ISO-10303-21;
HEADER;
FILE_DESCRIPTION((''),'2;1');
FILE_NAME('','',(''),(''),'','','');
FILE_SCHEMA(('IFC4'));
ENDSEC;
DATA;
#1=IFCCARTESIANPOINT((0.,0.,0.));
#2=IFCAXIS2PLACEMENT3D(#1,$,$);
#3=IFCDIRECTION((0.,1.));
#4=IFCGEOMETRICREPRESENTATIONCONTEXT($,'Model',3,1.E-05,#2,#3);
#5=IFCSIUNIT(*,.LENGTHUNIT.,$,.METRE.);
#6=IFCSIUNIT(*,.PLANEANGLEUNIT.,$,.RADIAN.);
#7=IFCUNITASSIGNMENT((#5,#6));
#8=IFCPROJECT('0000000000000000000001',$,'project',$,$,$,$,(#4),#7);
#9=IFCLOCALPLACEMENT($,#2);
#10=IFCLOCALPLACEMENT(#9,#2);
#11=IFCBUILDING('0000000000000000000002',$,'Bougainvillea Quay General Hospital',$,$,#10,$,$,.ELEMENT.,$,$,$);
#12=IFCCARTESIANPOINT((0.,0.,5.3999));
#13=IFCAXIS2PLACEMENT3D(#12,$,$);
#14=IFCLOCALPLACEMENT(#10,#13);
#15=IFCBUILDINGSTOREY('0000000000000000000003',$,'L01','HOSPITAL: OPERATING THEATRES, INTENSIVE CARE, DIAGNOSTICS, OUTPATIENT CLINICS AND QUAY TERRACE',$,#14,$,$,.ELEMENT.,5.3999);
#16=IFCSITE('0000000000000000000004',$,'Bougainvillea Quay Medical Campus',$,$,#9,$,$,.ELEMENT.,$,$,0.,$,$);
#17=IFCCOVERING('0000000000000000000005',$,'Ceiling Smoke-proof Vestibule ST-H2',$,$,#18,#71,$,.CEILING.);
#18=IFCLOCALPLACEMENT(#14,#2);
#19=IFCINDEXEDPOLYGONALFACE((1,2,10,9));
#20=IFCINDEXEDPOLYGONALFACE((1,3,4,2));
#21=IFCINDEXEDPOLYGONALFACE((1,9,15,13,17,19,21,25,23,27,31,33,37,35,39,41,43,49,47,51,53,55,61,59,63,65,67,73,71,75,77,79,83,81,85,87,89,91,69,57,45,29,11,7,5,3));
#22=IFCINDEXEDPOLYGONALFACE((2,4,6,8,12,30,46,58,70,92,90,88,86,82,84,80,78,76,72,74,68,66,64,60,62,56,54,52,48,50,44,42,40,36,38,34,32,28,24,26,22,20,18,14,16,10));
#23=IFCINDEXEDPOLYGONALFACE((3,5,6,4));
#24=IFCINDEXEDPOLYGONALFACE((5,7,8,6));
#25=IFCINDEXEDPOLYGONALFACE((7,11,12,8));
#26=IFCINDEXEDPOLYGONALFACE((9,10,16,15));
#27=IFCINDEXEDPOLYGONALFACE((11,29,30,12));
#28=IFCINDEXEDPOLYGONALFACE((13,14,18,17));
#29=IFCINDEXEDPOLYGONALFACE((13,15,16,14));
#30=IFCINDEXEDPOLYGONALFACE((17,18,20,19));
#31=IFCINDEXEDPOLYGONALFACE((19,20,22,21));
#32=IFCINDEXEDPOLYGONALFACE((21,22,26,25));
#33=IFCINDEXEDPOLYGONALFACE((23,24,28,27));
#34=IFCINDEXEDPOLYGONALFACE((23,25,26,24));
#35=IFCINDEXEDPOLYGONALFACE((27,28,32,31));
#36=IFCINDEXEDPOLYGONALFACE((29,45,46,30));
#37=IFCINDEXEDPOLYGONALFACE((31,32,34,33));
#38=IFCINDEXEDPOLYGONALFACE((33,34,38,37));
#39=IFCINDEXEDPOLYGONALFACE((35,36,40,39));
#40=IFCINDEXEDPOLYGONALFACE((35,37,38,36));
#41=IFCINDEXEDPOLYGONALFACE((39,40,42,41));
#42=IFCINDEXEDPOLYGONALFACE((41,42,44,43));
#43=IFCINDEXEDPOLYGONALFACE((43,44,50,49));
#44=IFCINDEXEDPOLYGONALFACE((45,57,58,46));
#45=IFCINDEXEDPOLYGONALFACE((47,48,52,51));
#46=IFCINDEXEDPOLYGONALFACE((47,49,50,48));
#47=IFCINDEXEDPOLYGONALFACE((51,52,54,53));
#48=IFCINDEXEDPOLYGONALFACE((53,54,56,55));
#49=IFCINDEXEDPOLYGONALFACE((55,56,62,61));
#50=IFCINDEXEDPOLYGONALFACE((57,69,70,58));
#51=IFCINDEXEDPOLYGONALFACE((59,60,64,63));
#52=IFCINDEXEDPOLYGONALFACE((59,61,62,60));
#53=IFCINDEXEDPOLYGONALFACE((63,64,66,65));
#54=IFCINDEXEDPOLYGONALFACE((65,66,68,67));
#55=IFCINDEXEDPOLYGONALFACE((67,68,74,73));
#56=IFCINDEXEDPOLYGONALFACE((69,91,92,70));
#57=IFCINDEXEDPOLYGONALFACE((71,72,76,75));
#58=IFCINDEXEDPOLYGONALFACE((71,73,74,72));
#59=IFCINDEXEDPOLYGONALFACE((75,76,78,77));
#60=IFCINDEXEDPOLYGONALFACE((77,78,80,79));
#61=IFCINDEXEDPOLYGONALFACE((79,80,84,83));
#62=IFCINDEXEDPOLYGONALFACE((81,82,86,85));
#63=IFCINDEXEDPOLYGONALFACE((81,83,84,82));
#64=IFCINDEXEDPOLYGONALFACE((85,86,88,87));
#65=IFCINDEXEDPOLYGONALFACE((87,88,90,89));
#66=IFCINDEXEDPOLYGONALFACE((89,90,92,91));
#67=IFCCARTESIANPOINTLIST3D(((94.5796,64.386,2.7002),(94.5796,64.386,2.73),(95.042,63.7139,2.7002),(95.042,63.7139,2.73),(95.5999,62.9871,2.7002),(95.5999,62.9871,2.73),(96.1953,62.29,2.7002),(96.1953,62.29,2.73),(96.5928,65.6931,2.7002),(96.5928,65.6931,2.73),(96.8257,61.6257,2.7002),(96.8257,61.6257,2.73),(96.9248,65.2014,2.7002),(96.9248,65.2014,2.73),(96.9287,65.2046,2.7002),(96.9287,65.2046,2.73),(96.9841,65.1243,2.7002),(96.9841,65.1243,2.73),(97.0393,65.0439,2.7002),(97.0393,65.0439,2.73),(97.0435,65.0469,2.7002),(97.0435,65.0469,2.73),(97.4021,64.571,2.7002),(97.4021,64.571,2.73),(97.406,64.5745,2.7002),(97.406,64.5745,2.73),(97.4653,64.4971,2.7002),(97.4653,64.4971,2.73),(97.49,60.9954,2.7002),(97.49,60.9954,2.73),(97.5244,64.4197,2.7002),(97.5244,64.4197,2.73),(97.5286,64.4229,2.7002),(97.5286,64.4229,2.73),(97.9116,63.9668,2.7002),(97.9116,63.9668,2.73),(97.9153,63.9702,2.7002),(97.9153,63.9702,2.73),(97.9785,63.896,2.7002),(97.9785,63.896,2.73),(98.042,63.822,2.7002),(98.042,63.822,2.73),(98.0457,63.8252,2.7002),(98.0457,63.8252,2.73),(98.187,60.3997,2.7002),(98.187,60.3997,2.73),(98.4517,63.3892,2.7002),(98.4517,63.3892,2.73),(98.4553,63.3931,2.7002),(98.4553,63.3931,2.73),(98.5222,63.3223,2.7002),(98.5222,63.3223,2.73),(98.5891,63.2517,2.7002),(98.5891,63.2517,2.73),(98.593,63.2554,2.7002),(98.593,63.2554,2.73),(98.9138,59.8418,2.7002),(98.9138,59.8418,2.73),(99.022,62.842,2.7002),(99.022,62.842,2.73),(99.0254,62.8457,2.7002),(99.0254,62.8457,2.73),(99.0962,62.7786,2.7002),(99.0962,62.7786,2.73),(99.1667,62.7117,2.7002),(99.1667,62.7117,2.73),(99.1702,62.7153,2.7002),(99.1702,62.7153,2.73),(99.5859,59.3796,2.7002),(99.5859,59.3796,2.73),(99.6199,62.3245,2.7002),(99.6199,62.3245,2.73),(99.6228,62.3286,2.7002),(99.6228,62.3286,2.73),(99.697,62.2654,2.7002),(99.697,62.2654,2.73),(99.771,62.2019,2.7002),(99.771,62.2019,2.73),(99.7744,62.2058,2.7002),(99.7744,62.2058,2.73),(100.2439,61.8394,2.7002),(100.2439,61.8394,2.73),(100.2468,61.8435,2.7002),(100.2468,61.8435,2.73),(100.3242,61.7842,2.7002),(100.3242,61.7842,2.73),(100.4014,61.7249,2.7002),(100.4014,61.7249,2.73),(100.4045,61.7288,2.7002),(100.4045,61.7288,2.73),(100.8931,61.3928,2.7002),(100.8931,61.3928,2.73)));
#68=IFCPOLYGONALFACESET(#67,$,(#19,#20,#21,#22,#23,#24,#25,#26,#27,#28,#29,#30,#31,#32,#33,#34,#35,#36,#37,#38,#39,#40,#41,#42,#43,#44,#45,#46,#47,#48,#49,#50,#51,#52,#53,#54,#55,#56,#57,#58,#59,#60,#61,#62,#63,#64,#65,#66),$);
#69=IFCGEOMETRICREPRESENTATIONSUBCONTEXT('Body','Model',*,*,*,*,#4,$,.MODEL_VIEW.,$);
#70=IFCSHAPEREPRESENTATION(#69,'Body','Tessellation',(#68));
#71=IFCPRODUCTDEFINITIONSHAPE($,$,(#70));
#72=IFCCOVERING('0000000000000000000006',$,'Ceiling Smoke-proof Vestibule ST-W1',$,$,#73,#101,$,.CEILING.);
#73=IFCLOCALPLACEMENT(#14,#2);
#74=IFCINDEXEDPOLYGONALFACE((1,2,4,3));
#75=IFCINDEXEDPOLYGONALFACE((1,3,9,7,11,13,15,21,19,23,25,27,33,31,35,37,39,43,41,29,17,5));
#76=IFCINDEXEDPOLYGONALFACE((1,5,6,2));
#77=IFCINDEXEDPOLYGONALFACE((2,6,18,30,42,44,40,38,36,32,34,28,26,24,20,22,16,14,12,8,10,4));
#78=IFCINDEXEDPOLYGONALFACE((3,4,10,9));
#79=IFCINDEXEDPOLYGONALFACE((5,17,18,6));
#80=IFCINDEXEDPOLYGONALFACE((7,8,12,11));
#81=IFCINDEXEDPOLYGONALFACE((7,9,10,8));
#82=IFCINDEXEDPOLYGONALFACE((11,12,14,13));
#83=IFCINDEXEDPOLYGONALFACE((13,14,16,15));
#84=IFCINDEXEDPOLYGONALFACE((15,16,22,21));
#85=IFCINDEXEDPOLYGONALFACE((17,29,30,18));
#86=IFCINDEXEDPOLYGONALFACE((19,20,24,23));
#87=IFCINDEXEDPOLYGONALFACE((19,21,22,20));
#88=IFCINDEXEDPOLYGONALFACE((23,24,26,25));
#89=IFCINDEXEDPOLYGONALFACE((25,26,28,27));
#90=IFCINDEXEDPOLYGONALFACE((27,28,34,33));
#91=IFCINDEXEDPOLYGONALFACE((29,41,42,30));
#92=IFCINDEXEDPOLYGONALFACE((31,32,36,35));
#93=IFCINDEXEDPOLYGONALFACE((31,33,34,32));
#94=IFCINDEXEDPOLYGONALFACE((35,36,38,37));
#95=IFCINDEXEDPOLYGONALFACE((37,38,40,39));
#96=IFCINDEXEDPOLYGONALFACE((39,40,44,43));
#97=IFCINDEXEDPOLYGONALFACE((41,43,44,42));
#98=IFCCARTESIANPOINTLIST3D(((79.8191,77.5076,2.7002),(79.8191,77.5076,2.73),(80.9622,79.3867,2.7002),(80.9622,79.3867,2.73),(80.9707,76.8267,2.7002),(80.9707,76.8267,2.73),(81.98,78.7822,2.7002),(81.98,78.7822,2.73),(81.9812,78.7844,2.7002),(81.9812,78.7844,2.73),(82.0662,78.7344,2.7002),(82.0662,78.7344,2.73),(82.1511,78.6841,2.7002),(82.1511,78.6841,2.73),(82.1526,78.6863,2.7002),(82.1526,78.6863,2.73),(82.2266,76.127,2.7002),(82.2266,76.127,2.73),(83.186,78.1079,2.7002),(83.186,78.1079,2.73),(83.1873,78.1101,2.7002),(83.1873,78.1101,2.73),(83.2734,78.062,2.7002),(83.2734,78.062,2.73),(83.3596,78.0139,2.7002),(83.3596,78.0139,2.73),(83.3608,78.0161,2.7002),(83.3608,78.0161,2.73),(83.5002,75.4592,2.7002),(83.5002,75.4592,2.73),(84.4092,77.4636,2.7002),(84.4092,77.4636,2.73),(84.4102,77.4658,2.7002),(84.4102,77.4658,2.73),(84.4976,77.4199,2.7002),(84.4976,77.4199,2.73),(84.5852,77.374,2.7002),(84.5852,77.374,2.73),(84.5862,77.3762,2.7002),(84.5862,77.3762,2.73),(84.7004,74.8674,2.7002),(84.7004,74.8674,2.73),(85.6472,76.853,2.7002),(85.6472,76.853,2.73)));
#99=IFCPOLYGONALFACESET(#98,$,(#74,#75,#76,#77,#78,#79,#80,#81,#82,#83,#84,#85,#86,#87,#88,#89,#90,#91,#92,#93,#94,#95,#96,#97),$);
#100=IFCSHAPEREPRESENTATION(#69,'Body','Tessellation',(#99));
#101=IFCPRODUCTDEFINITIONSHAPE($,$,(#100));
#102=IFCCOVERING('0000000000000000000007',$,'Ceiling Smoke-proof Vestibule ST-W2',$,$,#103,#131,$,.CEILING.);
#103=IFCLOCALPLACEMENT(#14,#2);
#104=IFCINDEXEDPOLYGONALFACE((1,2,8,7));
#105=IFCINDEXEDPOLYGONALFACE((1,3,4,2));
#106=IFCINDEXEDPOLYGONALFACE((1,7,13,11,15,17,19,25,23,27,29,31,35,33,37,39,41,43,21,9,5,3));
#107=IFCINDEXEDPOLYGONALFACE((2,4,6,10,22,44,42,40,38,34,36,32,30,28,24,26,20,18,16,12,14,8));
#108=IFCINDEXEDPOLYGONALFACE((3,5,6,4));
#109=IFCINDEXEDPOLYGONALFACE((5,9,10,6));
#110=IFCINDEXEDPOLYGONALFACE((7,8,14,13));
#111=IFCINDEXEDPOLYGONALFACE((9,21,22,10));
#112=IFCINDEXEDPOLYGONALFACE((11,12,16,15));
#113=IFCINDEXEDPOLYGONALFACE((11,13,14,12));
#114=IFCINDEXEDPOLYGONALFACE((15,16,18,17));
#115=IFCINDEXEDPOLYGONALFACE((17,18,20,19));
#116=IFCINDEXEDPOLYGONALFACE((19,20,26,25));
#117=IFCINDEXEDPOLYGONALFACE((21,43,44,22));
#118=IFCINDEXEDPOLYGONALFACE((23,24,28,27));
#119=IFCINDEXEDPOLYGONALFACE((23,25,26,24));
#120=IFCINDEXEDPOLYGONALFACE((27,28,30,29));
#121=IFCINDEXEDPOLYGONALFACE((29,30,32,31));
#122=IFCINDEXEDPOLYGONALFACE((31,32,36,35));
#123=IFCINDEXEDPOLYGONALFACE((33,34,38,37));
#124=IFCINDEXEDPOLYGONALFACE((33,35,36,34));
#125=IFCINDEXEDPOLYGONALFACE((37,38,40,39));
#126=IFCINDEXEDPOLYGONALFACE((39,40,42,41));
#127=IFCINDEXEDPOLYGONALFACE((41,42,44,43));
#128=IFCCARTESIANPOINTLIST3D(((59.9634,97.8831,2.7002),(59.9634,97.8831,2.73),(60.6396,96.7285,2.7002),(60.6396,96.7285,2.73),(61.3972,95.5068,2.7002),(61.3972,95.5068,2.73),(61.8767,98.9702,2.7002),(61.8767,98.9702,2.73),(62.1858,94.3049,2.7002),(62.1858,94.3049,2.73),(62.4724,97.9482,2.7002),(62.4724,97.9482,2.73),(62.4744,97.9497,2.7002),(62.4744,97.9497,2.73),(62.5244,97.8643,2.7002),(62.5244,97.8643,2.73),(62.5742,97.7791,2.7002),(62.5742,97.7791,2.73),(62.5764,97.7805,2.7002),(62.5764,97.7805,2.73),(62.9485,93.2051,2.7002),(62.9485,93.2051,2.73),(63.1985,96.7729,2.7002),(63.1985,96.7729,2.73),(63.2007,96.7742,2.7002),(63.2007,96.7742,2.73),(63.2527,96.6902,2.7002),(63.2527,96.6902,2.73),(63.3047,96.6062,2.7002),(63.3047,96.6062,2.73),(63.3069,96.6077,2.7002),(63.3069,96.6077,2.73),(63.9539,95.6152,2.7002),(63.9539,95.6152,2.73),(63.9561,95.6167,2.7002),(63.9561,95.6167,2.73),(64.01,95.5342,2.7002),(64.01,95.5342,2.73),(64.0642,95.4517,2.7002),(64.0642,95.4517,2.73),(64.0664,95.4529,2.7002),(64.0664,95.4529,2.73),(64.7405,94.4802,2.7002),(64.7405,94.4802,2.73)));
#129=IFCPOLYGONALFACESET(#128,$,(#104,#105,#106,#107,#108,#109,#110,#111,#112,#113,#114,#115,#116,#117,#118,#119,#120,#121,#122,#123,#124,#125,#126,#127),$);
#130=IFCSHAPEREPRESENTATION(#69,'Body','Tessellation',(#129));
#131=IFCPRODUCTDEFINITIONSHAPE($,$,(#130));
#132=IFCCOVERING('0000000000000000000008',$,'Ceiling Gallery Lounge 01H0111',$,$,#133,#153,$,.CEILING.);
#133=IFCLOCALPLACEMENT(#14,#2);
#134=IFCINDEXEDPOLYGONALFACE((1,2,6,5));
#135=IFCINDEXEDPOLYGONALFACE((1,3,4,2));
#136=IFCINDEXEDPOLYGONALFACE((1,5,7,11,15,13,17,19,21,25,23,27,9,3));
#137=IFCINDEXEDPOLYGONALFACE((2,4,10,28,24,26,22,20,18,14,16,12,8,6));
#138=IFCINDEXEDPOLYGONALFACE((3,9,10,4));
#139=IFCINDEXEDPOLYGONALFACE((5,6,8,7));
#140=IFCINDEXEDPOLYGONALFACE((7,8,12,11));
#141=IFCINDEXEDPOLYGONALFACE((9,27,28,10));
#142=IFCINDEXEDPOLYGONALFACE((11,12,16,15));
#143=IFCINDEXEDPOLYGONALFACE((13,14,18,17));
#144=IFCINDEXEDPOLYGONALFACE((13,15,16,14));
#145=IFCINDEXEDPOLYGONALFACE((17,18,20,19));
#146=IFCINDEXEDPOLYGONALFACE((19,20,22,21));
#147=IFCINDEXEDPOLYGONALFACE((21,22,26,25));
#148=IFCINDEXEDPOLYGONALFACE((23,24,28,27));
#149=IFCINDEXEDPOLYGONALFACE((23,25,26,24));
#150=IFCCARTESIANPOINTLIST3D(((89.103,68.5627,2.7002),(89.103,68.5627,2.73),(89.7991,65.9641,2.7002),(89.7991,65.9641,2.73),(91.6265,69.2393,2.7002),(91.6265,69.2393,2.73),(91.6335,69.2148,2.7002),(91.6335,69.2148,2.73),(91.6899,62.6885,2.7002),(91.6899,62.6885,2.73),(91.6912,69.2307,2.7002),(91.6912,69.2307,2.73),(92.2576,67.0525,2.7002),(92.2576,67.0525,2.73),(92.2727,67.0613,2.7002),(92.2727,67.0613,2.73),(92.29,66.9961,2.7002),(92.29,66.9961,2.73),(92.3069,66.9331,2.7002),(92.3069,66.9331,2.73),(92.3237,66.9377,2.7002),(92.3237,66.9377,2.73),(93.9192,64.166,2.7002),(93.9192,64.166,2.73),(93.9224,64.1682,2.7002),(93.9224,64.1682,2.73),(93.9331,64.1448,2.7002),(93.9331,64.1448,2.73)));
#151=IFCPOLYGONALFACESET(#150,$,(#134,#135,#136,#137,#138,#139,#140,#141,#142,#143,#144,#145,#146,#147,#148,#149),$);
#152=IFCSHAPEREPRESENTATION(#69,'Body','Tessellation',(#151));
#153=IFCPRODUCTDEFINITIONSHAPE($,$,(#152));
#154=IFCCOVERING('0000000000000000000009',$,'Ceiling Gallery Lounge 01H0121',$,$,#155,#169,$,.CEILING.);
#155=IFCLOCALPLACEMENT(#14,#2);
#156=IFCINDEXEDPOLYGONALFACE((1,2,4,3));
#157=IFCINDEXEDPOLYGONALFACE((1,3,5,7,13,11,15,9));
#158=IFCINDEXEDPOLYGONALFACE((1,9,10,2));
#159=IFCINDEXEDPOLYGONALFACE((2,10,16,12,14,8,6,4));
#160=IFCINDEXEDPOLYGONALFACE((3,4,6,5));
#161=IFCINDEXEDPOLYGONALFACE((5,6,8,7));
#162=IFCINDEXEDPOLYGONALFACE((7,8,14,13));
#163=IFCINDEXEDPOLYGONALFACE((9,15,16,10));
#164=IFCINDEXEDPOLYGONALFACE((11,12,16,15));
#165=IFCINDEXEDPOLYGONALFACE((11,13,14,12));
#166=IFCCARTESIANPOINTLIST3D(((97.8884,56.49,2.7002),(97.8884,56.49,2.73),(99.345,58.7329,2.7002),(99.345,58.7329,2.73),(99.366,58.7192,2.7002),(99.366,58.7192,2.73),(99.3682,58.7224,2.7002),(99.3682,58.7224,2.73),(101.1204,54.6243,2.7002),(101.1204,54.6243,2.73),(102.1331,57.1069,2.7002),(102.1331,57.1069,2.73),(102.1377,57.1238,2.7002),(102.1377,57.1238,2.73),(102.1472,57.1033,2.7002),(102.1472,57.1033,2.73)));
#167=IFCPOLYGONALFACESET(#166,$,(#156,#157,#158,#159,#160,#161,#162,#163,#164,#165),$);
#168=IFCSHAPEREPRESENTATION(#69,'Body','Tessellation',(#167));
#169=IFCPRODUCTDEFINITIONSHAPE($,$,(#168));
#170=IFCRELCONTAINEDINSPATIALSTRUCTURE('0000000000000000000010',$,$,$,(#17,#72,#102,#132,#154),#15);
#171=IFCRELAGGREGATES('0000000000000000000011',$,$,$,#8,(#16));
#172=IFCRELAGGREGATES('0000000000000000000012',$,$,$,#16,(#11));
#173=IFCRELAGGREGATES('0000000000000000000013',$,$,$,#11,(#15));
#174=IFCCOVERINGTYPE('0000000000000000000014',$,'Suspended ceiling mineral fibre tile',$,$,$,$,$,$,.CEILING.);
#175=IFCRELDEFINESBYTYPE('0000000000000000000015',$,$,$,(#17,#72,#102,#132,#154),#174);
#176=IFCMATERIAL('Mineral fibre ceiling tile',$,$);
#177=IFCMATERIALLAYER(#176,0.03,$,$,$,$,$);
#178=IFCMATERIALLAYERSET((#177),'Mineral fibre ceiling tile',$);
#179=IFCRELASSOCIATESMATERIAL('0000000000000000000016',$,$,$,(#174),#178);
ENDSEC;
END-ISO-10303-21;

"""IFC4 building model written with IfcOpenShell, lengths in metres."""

from ifc_helpers import new_model, si_unit, direction, frame, origin, place, context, subcontext, project, spatial, polyline, outline, extrude, material, layer, layer_set, type_object, element, save


model = new_model("IFC4")

# Units and contexts
model_context = context("Model", 3, precision=1e-05, world=origin(), true_north=direction((0.0, 1.0)))
body_context = subcontext(model_context, "Body", "Model", "MODEL_VIEW")
ifc_project = project(units=[si_unit("LENGTHUNIT", "METRE"), si_unit("PLANEANGLEUNIT", "RADIAN")], contexts=[model_context])

# Site, building, storey
site_placement = place(None, origin())
site = spatial("IfcSite", under=ifc_project, at=site_placement, Name="Bougainvillea Quay Medical Campus", CompositionType="ELEMENT", RefElevation=0.0)
building_placement = place(site_placement, origin())
building = spatial("IfcBuilding", under=site, at=building_placement, Name="Bougainvillea Quay General Hospital", CompositionType="ELEMENT")
storey_placement = place(building_placement, frame((0.0, 0.0, 5.3999)))
storey = spatial("IfcBuildingStorey", under=building, at=storey_placement, Name="L01", Description="HOSPITAL: OPERATING THEATRES, INTENSIVE CARE, DIAGNOSTICS, OUTPATIENT CLINICS AND QUAY TERRACE", CompositionType="ELEMENT", Elevation=5.3999)

# Coverings
ifc_material = material(Name="Mineral fibre ceiling tile")
ifc_layer = layer(ifc_material, 0.03)
ifc_layer_set = layer_set([ifc_layer], Name="Mineral fibre ceiling tile")
covering_type = type_object("IfcCoveringType", Name="Suspended ceiling mineral fibre tile", PredefinedType="CEILING", material=ifc_layer_set)
covering_1_placement = place(storey_placement, frame((0.0, 0.0, 2.7002)))
element("IfcCovering", 1, at=covering_1_placement, inside=storey, type_object=covering_type, Name="Ceiling Smoke-proof Vestibule ST-H2", PredefinedType="CEILING", context=body_context, shape_type="SweptSolid", body=[
    extrude(outline(polyline([(99.5859, 59.3796), (100.8931, 61.3928), (100.4045, 61.7288), (100.4014, 61.7249), (100.3242, 61.7842), (100.2439, 61.8394), (100.2468, 61.8435), (99.7744, 62.2058), (99.771, 62.2019), (99.697, 62.2654), (99.6199, 62.3245), (99.6228, 62.3286), (99.1702, 62.7153), (99.1667, 62.7117), (99.0962, 62.7786), (99.022, 62.842), (99.0254, 62.8457), (98.593, 63.2554), (98.5891, 63.2517), (98.5222, 63.3223), (98.4517, 63.3892), (98.4553, 63.3931), (98.0457, 63.8252), (98.042, 63.822), (97.9785, 63.896), (97.9116, 63.9668), (97.9153, 63.9702), (97.5286, 64.4229), (97.5244, 64.4197), (97.4653, 64.4971), (97.4021, 64.571), (97.406, 64.5745), (97.0435, 65.0469), (97.0393, 65.0439), (96.9841, 65.1243), (96.9248, 65.2014), (96.9287, 65.2046), (96.5928, 65.6931), (94.5796, 64.386), (95.042, 63.7139), (95.5999, 62.9871), (96.1953, 62.29), (96.8257, 61.6257), (97.49, 60.9954), (98.187, 60.3997), (98.9138, 59.8418), (99.5859, 59.3796)])), origin(), (0.0, 0.0, 1.0), 0.0298),
])
covering_2_placement = place(storey_placement, frame((0.0, 0.0, 2.7002)))
element("IfcCovering", 2, at=covering_2_placement, inside=storey, type_object=covering_type, Name="Ceiling Smoke-proof Vestibule ST-W1", PredefinedType="CEILING", context=body_context, shape_type="SweptSolid", body=[
    extrude(outline(polyline([(85.6472, 76.853), (84.5862, 77.3762), (84.5852, 77.374), (84.4976, 77.4199), (84.4092, 77.4636), (84.4102, 77.4658), (83.3608, 78.0161), (83.3596, 78.0139), (83.2734, 78.062), (83.186, 78.1079), (83.1873, 78.1101), (82.1526, 78.6863), (82.1511, 78.6841), (82.0662, 78.7344), (81.98, 78.7822), (81.9812, 78.7844), (80.9622, 79.3867), (79.8191, 77.5076), (80.9707, 76.8267), (82.2266, 76.127), (83.5002, 75.4592), (84.7004, 74.8674), (85.6472, 76.853)])), origin(), (0.0, 0.0, 1.0), 0.0298),
])
covering_3_placement = place(storey_placement, frame((0.0, 0.0, 2.7002)))
element("IfcCovering", 3, at=covering_3_placement, inside=storey, type_object=covering_type, Name="Ceiling Smoke-proof Vestibule ST-W2", PredefinedType="CEILING", context=body_context, shape_type="SweptSolid", body=[
    extrude(outline(polyline([(63.9539, 95.6152), (63.9561, 95.6167), (63.3069, 96.6077), (63.3047, 96.6062), (63.2527, 96.6902), (63.1985, 96.7729), (63.2007, 96.7742), (62.5764, 97.7805), (62.5742, 97.7791), (62.5244, 97.8643), (62.4724, 97.9482), (62.4744, 97.9497), (61.8767, 98.9702), (59.9634, 97.8831), (60.6396, 96.7285), (61.3972, 95.5068), (62.1858, 94.3049), (62.9485, 93.2051), (64.7405, 94.4802), (64.0664, 95.4529), (64.0642, 95.4517), (64.01, 95.5342), (63.9539, 95.6152)])), origin(), (0.0, 0.0, 1.0), 0.0298),
])
covering_4_placement = place(storey_placement, frame((0.0, 0.0, 2.7002)))
element("IfcCovering", 4, at=covering_4_placement, inside=storey, type_object=covering_type, Name="Ceiling Gallery Lounge 01H0111", PredefinedType="CEILING", context=body_context, shape_type="SweptSolid", body=[
    extrude(outline(polyline([(89.7991, 65.9641), (91.6899, 62.6885), (93.9331, 64.1448), (93.9192, 64.166), (93.9224, 64.1682), (92.3237, 66.9377), (92.3069, 66.9331), (92.29, 66.9961), (92.2576, 67.0525), (92.2727, 67.0613), (91.6912, 69.2307), (91.6335, 69.2148), (91.6265, 69.2393), (89.103, 68.5627), (89.0901, 68.6111), (89.7991, 65.9641)])), origin(), (0.0, 0.0, 1.0), 0.0298),
])
covering_5_placement = place(storey_placement, frame((0.0, 0.0, 2.7002)))
element("IfcCovering", 5, at=covering_5_placement, inside=storey, type_object=covering_type, Name="Ceiling Gallery Lounge 01H0121", PredefinedType="CEILING", context=body_context, shape_type="SweptSolid", body=[
    extrude(outline(polyline([(101.1204, 54.6243), (102.1472, 57.1033), (102.1331, 57.1069), (102.1377, 57.1238), (99.3682, 58.7224), (99.366, 58.7192), (99.345, 58.7329), (97.8884, 56.49), (101.1204, 54.6243)])), origin(), (0.0, 0.0, 1.0), 0.0298),
])

save(model, "model.ifc")
